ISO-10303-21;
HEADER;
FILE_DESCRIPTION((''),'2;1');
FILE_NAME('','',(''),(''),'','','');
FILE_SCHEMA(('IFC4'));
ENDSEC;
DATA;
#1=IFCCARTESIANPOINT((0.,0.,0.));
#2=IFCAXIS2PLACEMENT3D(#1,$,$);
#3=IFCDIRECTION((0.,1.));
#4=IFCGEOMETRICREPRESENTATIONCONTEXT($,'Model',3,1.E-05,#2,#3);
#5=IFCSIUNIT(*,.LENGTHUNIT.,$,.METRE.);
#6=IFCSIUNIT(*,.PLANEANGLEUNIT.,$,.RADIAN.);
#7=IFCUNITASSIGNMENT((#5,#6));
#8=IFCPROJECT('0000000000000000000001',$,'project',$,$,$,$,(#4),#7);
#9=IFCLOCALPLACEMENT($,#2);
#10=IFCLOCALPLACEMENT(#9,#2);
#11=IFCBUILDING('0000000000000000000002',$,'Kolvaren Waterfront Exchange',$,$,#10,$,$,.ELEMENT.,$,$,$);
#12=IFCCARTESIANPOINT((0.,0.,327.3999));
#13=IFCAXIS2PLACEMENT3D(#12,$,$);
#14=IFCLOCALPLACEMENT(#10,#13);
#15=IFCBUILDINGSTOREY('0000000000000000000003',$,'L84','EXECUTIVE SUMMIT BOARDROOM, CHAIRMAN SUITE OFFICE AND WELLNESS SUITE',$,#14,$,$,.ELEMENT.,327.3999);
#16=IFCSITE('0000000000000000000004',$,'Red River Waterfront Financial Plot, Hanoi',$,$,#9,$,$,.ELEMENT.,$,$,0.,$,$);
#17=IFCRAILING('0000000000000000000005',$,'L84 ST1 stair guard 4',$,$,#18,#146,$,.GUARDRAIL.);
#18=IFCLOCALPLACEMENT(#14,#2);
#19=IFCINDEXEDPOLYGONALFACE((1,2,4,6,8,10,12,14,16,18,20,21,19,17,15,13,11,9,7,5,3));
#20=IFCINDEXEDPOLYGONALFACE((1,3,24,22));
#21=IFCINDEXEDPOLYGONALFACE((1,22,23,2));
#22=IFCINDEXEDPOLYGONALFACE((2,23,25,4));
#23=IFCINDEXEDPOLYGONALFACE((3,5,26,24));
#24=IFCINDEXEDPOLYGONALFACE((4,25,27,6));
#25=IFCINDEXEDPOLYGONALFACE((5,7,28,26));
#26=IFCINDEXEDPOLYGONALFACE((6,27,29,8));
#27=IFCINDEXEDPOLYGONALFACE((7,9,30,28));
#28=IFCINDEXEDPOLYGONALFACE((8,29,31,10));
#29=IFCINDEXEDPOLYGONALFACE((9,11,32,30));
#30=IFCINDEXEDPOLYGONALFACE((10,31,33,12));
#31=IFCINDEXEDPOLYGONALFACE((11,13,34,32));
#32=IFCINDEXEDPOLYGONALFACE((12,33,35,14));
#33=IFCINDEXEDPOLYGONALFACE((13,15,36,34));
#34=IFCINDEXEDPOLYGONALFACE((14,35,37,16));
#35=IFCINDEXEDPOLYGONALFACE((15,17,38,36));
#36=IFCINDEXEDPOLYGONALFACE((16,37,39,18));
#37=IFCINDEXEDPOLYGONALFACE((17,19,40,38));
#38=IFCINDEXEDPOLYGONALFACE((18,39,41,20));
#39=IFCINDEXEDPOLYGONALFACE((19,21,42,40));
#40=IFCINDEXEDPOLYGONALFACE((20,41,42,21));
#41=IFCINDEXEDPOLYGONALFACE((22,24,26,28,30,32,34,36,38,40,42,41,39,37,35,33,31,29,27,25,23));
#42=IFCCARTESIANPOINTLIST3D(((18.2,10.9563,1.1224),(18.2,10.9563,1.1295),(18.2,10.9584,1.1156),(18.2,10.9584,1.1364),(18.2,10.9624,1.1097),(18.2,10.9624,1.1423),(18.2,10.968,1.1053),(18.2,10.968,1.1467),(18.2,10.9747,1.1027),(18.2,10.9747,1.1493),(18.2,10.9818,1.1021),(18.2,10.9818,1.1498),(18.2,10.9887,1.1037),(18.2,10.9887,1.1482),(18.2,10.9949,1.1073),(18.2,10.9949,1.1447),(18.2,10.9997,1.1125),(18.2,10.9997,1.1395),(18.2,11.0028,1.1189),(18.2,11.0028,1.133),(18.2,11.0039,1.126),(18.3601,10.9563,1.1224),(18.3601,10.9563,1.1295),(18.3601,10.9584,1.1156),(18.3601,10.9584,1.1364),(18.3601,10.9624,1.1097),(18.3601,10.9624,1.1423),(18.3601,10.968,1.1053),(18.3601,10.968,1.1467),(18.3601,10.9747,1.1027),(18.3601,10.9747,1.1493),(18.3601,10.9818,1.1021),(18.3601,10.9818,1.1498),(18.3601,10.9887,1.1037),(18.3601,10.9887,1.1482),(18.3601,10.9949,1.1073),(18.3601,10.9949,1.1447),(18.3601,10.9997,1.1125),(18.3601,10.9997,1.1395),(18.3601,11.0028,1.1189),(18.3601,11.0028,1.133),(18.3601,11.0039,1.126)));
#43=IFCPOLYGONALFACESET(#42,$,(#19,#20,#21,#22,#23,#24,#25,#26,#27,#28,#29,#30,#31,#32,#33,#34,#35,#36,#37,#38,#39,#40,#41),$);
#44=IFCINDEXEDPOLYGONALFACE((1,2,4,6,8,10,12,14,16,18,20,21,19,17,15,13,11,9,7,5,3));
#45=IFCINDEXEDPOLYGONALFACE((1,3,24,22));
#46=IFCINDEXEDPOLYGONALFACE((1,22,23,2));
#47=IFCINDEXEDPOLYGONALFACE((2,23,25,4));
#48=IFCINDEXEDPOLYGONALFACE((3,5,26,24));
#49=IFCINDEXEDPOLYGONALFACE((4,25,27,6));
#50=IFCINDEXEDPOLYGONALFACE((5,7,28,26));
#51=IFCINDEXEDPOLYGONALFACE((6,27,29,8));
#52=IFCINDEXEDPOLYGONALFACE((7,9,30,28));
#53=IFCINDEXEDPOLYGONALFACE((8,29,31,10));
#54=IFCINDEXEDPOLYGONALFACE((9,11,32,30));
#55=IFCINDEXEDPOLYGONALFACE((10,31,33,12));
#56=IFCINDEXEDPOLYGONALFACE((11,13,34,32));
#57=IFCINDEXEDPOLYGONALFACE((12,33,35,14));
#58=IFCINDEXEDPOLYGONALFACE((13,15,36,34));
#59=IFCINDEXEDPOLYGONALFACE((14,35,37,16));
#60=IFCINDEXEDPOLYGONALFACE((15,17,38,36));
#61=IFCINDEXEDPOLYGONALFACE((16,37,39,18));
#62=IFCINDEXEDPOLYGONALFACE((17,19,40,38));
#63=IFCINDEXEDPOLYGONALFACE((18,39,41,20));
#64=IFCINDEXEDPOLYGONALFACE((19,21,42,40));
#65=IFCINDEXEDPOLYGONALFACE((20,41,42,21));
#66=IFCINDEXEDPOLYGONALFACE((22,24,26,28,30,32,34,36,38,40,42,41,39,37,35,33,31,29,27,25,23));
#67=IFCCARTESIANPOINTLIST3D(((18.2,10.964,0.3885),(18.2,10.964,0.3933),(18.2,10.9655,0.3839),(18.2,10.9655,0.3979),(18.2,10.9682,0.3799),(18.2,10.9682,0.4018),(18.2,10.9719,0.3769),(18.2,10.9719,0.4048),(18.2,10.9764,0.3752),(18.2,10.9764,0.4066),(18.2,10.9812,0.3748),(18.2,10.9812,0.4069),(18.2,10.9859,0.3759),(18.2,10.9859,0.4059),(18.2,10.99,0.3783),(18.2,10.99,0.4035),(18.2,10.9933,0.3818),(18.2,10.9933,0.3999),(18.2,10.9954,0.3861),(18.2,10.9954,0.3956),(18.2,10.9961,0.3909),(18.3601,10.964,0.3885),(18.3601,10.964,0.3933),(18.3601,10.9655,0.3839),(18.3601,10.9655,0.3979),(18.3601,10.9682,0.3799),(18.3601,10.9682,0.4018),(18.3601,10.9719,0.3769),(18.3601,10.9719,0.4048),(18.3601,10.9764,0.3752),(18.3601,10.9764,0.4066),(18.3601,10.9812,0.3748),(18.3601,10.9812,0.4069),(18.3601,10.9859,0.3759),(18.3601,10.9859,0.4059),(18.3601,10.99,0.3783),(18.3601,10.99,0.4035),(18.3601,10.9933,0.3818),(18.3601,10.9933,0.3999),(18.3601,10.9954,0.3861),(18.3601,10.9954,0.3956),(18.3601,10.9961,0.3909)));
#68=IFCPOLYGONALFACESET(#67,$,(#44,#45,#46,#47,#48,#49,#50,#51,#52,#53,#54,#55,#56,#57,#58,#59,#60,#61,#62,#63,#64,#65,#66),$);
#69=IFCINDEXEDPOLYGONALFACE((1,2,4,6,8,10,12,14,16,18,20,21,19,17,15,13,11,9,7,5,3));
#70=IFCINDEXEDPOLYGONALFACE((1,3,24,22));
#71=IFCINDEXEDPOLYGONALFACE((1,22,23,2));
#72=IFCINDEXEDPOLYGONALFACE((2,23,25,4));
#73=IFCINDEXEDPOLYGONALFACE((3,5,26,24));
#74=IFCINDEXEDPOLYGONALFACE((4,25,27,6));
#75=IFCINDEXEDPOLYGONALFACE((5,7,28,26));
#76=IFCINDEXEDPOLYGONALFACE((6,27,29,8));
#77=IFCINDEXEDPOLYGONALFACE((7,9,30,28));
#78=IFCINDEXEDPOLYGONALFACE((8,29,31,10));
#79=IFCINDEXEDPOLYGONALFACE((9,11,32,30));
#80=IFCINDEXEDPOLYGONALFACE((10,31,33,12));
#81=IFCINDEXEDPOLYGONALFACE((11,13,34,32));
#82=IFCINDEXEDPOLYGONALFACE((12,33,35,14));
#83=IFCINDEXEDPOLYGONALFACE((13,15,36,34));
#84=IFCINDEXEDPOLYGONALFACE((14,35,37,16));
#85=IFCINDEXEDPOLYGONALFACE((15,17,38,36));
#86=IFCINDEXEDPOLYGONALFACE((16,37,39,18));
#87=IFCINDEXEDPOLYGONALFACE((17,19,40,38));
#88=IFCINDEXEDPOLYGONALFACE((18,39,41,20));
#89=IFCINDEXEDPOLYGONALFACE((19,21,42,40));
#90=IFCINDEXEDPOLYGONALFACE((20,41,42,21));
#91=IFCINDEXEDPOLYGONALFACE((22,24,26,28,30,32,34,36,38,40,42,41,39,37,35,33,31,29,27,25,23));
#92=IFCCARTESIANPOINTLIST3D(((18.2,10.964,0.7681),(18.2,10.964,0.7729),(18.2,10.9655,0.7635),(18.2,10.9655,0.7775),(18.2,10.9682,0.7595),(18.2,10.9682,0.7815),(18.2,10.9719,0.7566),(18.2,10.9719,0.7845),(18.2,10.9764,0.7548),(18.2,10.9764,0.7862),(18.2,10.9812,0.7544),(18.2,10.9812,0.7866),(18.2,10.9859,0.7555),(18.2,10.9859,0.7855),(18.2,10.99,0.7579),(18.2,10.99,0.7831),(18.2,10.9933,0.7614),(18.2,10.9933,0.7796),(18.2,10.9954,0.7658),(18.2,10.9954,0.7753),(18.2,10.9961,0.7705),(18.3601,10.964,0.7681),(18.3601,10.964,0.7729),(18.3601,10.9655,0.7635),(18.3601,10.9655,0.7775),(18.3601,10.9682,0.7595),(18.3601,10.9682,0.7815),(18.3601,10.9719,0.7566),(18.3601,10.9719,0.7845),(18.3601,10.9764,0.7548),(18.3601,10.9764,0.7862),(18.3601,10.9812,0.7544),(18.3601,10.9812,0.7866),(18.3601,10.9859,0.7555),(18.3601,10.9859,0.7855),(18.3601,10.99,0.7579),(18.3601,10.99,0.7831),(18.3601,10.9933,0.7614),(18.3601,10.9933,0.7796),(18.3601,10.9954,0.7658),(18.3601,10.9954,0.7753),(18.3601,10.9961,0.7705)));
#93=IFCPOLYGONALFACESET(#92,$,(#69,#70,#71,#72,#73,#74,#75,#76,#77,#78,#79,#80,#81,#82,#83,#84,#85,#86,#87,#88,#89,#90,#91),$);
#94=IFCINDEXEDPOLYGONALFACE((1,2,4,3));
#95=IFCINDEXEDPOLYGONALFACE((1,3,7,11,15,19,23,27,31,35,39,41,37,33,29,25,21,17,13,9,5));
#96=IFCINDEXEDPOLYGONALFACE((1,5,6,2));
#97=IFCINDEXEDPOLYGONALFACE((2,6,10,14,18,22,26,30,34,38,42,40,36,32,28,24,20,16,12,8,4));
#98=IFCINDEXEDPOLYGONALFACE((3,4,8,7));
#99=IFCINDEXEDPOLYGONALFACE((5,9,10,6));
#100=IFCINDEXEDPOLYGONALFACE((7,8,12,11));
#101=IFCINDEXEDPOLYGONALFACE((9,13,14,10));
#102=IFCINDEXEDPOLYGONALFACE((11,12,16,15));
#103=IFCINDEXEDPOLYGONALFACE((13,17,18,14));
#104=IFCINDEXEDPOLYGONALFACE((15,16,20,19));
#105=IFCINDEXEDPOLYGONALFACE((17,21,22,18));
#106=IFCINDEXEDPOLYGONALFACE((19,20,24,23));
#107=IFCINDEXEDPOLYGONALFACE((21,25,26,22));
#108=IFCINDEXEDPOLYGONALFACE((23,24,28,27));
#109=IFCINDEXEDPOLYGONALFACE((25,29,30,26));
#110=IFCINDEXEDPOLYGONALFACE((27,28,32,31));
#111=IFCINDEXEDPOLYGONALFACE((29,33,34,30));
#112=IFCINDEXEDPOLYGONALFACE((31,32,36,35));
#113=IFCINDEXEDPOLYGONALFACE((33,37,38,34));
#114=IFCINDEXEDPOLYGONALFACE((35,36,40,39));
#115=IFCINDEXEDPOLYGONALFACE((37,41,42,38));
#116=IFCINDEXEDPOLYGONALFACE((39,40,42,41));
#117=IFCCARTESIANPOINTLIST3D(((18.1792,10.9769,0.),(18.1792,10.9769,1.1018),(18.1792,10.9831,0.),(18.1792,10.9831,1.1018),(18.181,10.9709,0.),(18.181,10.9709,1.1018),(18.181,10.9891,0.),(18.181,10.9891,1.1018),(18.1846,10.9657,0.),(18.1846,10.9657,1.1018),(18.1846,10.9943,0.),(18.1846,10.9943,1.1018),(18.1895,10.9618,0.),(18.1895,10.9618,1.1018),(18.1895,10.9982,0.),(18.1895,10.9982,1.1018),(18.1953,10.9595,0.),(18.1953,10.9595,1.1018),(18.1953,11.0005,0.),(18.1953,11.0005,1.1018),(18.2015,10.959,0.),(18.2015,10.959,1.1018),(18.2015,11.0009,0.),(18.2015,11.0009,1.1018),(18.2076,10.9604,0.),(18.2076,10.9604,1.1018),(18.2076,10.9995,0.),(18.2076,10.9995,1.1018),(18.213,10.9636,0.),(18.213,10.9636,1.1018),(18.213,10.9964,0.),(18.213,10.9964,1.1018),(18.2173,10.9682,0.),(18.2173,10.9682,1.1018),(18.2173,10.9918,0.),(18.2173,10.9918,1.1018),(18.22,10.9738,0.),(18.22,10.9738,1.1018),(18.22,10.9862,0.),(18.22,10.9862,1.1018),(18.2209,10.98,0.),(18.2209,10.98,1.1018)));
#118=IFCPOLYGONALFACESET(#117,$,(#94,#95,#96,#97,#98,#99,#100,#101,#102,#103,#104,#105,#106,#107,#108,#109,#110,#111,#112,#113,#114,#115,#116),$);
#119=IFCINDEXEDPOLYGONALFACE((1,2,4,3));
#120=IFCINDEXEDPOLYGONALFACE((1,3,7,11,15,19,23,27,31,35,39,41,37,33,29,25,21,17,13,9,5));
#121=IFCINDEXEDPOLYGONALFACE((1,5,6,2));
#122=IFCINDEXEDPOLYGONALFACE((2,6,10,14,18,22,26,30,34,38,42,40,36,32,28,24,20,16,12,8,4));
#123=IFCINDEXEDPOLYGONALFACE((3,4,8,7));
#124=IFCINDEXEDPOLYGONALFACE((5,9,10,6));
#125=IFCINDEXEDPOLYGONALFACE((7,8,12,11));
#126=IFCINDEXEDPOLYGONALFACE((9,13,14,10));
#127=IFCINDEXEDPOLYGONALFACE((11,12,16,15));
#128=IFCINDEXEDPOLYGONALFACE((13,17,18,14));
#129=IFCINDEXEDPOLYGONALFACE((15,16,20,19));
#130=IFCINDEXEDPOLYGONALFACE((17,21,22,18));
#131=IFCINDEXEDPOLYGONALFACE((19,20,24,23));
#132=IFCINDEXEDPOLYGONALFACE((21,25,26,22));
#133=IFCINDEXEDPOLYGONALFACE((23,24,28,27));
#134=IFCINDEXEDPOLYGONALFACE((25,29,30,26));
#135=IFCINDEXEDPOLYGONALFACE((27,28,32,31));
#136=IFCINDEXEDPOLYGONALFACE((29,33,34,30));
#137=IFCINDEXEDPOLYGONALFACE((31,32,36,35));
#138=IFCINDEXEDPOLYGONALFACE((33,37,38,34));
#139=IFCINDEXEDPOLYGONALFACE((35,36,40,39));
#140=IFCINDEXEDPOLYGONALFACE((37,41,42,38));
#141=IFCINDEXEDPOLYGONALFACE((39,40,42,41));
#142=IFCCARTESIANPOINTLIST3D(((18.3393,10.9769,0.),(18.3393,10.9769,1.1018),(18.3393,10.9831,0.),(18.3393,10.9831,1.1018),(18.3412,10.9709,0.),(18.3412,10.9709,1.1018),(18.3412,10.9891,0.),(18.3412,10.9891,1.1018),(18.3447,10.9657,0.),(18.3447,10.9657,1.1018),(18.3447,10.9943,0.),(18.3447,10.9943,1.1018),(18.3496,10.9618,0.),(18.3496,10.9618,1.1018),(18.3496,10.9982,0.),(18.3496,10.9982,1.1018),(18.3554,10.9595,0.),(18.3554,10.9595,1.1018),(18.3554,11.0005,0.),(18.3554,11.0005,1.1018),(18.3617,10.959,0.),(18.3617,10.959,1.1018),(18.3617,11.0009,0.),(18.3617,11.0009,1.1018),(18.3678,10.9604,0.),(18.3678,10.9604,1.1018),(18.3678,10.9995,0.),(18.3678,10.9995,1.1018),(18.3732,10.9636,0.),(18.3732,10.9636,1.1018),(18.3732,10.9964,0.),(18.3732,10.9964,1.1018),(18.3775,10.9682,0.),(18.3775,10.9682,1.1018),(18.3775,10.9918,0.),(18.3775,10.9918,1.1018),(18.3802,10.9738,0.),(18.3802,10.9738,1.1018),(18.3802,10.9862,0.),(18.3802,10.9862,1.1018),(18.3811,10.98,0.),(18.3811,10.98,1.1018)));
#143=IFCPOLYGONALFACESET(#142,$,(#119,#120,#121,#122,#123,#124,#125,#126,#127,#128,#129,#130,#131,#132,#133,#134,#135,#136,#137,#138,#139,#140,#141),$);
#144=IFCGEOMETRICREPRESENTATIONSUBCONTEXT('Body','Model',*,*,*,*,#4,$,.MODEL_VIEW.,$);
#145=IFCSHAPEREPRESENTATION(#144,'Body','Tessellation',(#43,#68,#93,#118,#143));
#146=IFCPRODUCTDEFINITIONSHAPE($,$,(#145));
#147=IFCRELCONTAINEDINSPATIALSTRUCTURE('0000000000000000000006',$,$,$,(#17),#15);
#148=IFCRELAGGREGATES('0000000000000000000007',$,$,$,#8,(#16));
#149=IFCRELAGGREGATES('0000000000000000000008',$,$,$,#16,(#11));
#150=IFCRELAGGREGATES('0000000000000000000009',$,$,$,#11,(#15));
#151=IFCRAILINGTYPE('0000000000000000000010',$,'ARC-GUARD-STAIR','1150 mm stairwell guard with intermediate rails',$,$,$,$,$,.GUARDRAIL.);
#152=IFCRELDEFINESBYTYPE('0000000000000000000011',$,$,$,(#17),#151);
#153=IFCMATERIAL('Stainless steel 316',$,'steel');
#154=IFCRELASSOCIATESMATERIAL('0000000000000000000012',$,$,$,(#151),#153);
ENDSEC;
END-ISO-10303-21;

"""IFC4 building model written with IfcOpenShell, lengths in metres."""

from ifc_helpers import new_model, si_unit, direction, frame, origin, origin_2d, place, context, subcontext, project, spatial, circle, extrude, material, type_object, element, save


model = new_model("IFC4")

# Units and contexts
model_context = context("Model", 3, precision=1e-05, world=origin(), true_north=direction((0.0, 1.0)))
body_context = subcontext(model_context, "Body", "Model", "MODEL_VIEW")
ifc_project = project(units=[si_unit("LENGTHUNIT", "METRE"), si_unit("PLANEANGLEUNIT", "RADIAN")], contexts=[model_context])

# Site, building, storey
site_placement = place(None, origin())
site = spatial("IfcSite", under=ifc_project, at=site_placement, Name="Red River Waterfront Financial Plot, Hanoi", CompositionType="ELEMENT", RefElevation=0.0)
building_placement = place(site_placement, origin())
building = spatial("IfcBuilding", under=site, at=building_placement, Name="Kolvaren Waterfront Exchange", CompositionType="ELEMENT")
storey_placement = place(building_placement, frame((0.0, 0.0, 327.3999)))
storey = spatial("IfcBuildingStorey", under=building, at=storey_placement, Name="L84", Description="EXECUTIVE SUMMIT BOARDROOM, CHAIRMAN SUITE OFFICE AND WELLNESS SUITE", CompositionType="ELEMENT", Elevation=327.3999)

# Railing
ifc_material_1 = material(Name="Stainless steel 316", Category="steel")
railing_type_1 = type_object("IfcRailingType", Name="ARC-GUARD-STAIR", Description="1150 mm stairwell guard with intermediate rails", PredefinedType="GUARDRAIL", material=ifc_material_1)
railing_1_placement = place(storey_placement, frame((18.2, 10.98, 0.0)))
element("IfcRailing", 1, at=railing_1_placement, inside=storey, type_object=railing_type_1, Name="L84 ST1 stair guard 4", PredefinedType="GUARDRAIL", context=body_context, shape_type="SweptSolid", body=[
    extrude(circle(Radius=0.0239, at=origin_2d()), frame((0.0, 0.0, 1.126), z_axis=(1.0, 0.0, 0.0), x_axis=(0.0, 1.0, 0.0)), (0.0, 0.0, 1.0), 0.1602),
    extrude(circle(Radius=0.0161, at=origin_2d()), frame((0.0, 0.0, 0.3909), z_axis=(1.0, 0.0, 0.0), x_axis=(0.0, 1.0, 0.0)), (0.0, 0.0, 1.0), 0.1602),
    extrude(circle(Radius=0.0161, at=origin_2d()), frame((0.0, 0.0, 0.7705), z_axis=(1.0, 0.0, 0.0), x_axis=(0.0, 1.0, 0.0)), (0.0, 0.0, 1.0), 0.1602),
    extrude(circle(Radius=0.021, at=origin_2d()), origin(), (0.0, 0.0, 1.0), 1.1018),
    extrude(circle(Radius=0.021, at=origin_2d()), frame((0.1602, 0.0, 0.0)), (0.0, 0.0, 1.0), 1.1018),
])

save(model, "model.ifc")
